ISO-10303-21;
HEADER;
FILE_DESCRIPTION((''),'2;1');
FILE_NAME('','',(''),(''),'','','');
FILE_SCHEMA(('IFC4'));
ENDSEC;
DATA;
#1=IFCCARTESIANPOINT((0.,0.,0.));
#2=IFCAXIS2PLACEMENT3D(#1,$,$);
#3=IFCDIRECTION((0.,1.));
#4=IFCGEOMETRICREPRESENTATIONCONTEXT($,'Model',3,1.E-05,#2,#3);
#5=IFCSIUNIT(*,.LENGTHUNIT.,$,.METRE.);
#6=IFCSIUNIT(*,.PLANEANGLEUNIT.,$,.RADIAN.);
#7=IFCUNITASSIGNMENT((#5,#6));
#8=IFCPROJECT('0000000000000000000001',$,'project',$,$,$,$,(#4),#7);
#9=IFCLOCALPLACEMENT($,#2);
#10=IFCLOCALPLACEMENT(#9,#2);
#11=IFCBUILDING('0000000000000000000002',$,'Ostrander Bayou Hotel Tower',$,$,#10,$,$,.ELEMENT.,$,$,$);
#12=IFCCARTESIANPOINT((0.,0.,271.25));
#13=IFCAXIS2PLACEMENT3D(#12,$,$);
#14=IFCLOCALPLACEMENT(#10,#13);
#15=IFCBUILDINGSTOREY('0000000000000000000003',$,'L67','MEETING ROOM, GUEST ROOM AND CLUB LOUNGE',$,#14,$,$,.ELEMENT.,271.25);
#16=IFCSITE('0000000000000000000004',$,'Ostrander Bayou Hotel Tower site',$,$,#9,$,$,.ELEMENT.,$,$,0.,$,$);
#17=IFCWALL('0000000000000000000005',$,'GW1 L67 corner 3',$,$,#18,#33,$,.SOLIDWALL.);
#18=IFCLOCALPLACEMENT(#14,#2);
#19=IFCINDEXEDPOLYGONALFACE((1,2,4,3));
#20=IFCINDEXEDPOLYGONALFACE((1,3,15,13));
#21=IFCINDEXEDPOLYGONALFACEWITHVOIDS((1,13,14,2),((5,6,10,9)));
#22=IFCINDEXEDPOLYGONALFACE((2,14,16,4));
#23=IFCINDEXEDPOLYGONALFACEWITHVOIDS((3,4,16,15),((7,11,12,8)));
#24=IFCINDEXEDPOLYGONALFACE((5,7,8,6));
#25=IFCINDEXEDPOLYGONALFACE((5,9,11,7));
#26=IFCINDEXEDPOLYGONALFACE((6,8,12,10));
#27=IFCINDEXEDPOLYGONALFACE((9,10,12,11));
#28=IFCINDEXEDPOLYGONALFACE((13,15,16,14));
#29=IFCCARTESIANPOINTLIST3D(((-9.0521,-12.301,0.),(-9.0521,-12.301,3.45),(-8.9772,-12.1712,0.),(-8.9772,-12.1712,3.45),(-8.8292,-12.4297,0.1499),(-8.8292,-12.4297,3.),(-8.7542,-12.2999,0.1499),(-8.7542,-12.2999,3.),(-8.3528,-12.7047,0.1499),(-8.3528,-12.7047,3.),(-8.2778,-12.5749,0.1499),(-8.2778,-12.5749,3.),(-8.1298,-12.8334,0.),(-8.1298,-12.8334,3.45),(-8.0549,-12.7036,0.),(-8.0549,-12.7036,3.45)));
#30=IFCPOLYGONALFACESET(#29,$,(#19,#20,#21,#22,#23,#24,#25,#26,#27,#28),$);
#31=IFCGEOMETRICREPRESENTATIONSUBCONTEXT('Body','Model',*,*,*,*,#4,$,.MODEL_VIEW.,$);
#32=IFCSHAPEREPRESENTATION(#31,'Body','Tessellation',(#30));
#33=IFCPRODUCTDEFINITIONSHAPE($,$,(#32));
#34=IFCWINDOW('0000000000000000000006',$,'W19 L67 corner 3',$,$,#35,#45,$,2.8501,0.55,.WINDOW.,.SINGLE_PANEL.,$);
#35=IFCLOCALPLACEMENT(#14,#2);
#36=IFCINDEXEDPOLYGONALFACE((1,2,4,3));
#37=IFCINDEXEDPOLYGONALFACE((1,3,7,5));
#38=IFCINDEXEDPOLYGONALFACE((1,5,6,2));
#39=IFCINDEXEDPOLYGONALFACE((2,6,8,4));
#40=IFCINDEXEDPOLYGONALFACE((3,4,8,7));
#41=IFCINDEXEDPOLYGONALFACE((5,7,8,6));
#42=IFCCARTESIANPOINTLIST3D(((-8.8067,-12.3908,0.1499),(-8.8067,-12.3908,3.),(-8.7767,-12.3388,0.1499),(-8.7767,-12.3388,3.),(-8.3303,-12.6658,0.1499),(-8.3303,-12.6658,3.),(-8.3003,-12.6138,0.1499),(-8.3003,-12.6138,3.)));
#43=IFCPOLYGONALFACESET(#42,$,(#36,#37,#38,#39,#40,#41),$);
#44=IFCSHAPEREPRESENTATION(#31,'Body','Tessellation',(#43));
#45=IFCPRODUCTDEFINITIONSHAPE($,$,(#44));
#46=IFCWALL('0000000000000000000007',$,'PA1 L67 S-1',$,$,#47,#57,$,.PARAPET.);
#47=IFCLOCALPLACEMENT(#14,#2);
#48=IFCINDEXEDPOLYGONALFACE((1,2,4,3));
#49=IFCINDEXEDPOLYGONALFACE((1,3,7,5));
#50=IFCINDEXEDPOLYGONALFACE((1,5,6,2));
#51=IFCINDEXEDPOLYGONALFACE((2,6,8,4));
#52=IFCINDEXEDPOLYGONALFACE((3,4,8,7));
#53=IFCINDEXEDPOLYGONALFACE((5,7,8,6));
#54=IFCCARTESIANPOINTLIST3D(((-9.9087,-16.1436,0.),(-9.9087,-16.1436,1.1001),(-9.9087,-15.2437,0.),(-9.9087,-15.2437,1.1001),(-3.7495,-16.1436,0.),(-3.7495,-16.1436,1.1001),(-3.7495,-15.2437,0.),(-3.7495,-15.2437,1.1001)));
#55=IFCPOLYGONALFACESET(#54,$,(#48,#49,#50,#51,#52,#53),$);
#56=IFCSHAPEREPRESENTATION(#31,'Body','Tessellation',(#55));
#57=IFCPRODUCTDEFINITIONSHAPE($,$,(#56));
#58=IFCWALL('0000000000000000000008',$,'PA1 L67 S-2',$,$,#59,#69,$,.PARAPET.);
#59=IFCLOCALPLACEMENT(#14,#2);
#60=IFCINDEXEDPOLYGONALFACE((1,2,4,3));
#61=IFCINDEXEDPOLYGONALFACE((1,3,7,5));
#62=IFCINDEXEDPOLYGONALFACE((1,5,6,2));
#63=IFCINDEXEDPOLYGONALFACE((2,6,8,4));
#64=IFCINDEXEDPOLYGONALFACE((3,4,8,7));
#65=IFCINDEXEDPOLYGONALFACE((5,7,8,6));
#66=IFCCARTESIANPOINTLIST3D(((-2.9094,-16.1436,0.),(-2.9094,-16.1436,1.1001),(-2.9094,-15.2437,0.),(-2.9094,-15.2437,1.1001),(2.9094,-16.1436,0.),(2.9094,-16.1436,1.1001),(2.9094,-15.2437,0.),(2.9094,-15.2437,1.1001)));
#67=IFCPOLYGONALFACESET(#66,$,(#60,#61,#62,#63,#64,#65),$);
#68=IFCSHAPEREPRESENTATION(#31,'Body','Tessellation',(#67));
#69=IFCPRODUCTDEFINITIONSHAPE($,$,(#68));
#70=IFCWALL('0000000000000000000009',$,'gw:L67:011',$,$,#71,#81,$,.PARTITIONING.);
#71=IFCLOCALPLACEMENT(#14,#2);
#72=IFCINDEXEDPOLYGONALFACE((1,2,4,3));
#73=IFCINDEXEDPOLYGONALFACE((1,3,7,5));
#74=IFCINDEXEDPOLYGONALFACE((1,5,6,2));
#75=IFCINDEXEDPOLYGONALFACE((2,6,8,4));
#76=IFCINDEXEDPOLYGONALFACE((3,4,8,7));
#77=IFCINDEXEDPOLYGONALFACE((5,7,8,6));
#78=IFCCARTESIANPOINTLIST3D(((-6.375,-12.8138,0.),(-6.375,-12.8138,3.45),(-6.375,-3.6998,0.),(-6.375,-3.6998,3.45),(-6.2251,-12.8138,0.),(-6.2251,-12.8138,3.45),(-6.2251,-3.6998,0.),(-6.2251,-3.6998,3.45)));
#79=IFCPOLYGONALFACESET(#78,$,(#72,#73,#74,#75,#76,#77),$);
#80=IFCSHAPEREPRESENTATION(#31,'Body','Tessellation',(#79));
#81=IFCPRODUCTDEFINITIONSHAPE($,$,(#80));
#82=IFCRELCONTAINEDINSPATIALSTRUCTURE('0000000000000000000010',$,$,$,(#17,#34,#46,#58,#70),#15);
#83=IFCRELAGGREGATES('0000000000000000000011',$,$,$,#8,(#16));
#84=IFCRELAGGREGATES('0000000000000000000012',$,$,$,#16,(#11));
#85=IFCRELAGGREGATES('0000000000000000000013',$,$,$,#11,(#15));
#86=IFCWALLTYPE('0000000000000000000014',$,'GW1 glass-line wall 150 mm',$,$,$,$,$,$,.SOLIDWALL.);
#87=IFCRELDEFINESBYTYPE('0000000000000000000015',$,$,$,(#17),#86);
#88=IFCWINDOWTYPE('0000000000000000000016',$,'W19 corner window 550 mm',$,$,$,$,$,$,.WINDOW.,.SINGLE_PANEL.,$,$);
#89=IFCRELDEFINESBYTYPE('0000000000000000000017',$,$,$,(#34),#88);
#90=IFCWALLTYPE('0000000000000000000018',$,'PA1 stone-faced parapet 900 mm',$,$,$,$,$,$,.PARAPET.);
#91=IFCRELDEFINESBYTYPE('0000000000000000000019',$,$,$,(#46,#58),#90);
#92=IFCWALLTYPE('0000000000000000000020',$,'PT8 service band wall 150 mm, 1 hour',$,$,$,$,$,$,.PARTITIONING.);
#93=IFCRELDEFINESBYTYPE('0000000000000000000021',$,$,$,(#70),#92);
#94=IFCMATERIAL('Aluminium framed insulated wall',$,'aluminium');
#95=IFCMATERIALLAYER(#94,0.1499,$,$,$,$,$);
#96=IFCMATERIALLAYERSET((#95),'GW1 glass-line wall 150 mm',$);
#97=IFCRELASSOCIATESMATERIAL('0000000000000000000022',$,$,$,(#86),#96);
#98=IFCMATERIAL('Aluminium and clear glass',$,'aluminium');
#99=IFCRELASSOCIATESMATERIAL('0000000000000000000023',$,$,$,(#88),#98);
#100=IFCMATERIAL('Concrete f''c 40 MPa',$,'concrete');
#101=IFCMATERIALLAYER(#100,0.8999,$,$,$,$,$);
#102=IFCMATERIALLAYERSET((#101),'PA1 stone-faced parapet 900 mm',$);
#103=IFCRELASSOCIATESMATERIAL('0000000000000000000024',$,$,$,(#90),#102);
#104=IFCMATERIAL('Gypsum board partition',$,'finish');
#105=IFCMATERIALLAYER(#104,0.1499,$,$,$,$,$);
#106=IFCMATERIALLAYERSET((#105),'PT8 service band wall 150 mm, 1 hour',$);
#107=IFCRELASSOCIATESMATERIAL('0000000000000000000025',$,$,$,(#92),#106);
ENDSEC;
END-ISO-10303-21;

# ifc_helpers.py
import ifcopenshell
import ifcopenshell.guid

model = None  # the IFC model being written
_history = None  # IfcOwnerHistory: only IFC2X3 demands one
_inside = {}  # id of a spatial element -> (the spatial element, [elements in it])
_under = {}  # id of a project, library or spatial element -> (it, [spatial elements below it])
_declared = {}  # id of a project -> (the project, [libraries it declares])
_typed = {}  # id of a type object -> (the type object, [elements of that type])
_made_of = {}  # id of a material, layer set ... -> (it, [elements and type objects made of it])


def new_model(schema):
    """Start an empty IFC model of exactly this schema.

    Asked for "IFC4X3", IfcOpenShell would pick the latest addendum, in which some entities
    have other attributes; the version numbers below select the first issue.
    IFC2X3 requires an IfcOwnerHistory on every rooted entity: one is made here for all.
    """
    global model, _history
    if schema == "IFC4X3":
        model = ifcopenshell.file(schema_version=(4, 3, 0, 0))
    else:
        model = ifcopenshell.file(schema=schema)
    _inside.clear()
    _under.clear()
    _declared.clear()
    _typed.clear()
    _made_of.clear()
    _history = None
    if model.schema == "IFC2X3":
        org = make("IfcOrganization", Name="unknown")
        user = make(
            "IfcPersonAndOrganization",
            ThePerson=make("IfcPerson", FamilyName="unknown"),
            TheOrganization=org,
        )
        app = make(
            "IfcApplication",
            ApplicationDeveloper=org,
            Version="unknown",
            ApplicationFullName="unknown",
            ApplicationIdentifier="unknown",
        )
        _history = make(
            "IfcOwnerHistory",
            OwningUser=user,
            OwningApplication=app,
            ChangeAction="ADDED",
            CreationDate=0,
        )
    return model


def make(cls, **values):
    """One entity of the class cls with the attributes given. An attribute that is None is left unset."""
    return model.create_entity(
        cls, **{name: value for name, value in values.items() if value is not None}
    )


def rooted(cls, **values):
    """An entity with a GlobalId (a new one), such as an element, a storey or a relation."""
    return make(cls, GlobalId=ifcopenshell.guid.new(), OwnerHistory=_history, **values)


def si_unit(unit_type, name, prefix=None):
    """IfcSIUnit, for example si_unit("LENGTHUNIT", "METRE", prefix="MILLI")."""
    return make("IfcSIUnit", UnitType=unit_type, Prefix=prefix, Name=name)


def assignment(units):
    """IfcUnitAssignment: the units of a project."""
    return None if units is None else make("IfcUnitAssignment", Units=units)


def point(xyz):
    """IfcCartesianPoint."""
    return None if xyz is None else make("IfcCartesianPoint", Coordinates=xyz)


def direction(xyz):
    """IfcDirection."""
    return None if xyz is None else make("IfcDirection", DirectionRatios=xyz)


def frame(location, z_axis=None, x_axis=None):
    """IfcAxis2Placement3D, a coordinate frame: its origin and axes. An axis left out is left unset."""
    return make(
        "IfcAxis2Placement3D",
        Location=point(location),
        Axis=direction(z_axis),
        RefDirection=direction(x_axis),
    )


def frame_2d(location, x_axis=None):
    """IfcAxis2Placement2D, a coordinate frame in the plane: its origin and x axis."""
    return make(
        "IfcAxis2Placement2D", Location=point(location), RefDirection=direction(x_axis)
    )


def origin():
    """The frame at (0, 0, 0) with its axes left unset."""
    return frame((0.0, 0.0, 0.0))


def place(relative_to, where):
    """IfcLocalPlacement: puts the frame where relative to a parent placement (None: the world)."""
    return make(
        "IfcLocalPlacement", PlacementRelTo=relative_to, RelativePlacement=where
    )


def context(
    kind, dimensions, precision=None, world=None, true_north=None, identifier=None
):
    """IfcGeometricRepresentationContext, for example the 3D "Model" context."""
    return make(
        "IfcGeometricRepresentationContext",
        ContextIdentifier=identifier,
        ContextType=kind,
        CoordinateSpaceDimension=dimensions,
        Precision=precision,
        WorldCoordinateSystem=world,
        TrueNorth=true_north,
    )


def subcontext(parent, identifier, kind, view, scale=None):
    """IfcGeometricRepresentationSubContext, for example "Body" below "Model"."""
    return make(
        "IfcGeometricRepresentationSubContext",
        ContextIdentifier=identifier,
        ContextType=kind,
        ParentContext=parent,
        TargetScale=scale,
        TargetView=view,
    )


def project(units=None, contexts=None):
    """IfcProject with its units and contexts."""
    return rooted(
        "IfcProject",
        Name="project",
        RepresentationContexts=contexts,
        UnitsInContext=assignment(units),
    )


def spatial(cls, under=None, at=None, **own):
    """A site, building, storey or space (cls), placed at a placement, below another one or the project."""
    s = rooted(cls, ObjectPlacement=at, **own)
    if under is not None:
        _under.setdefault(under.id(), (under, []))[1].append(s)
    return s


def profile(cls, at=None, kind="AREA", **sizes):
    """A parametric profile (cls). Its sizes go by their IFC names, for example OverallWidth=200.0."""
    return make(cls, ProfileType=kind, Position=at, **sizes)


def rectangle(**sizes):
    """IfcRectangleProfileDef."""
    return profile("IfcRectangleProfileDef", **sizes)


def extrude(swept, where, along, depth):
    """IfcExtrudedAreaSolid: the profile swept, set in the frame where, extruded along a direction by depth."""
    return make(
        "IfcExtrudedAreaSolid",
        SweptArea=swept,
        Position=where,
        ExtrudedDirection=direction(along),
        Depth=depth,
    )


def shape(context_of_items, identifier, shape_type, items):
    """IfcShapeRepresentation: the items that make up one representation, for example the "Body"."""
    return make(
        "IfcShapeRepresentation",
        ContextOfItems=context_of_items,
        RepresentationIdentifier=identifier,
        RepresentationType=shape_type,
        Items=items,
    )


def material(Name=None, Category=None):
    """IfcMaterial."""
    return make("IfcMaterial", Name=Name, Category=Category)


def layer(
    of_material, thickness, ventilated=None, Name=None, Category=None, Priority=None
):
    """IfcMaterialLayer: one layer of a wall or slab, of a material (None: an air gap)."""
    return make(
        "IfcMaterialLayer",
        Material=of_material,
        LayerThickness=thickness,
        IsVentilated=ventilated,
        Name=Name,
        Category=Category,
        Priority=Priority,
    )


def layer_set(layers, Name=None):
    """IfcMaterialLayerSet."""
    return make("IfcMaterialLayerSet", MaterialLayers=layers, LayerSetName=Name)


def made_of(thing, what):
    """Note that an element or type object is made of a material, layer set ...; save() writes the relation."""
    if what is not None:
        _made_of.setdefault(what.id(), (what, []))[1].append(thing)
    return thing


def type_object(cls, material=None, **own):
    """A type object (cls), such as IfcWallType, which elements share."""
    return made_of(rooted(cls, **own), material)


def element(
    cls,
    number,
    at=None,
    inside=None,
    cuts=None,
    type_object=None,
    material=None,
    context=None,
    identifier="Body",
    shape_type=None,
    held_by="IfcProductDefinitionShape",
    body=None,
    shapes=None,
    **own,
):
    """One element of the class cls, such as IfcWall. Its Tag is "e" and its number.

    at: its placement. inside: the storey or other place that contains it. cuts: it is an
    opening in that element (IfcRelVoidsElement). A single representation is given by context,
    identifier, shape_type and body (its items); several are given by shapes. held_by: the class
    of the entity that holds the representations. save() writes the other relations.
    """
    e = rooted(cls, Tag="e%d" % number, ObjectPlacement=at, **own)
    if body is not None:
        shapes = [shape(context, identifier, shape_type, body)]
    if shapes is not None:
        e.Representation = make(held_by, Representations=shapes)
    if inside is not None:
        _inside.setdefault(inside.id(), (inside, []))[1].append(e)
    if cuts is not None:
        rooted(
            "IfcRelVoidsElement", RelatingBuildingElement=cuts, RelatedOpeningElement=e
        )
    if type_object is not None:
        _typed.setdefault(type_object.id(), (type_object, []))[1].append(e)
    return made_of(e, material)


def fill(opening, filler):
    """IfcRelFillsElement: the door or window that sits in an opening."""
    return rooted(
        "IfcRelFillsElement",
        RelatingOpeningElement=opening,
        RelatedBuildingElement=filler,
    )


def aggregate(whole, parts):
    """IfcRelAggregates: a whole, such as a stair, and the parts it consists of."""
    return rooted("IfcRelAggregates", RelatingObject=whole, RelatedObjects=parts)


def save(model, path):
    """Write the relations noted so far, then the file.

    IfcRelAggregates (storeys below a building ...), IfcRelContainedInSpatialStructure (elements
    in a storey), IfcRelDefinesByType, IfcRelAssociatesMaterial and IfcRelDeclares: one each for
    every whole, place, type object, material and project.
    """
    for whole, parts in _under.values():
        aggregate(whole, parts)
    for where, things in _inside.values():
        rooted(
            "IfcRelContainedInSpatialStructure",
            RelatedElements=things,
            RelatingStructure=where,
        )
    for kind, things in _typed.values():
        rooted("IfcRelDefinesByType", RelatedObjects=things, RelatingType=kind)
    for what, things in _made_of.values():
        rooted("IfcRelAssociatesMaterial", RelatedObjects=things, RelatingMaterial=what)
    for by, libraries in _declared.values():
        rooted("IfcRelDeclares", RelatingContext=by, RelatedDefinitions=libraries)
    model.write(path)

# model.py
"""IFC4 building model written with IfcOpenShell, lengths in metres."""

from ifc_helpers import new_model, si_unit, direction, frame, frame_2d, origin, place, context, subcontext, project, spatial, rectangle, extrude, material, layer, layer_set, type_object, element, fill, save


model = new_model("IFC4")

# Units and contexts
model_context = context("Model", 3, precision=1e-05, world=origin(), true_north=direction((0.0, 1.0)))
body_context = subcontext(model_context, "Body", "Model", "MODEL_VIEW")
ifc_project = project(units=[si_unit("LENGTHUNIT", "METRE"), si_unit("PLANEANGLEUNIT", "RADIAN")], contexts=[model_context])

# Site, building, storey
site_placement = place(None, origin())
site = spatial("IfcSite", under=ifc_project, at=site_placement, Name="Ostrander Bayou Hotel Tower site", CompositionType="ELEMENT", RefElevation=0.0)
building_placement = place(site_placement, origin())
building = spatial("IfcBuilding", under=site, at=building_placement, Name="Ostrander Bayou Hotel Tower", CompositionType="ELEMENT")
storey_placement = place(building_placement, frame((0.0, 0.0, 271.25)))
storey = spatial("IfcBuildingStorey", under=building, at=storey_placement, Name="L67", Description="MEETING ROOM, GUEST ROOM AND CLUB LOUNGE", CompositionType="ELEMENT", Elevation=271.25)

# Shared definitions
ifc_material_1 = material(Name="Aluminium framed insulated wall", Category="aluminium")
ifc_layer_1 = layer(ifc_material_1, 0.1499)
ifc_layer_set_1 = layer_set([ifc_layer_1], Name="GW1 glass-line wall 150 mm")
wall_type_1 = type_object("IfcWallType", Name="GW1 glass-line wall 150 mm", PredefinedType="SOLIDWALL", material=ifc_layer_set_1)

# Wall, opening, window
wall_1_placement = place(storey_placement, frame((-9.0146, -12.2361, 0.0), z_axis=(0.0, 0.0, 1.0), x_axis=(0.866048, -0.499961, 0.0)))
wall_1 = element("IfcWall", 1, at=wall_1_placement, inside=storey, type_object=wall_type_1, Name="GW1 L67 corner 3", PredefinedType="SOLIDWALL", context=body_context, shape_type="SweptSolid", body=[
    extrude(rectangle(XDim=1.0649, YDim=0.1499, at=frame_2d((0.5325, 0.0))), origin(), (0.0, 0.0, 1.0), 3.45),
])
opening_1_placement = place(wall_1_placement, frame((0.2576, 0.0, 0.1499)))
opening_1 = element("IfcOpeningElement", 2, at=opening_1_placement, cuts=wall_1, PredefinedType="OPENING", context=body_context, shape_type="SweptSolid", body=[
    extrude(rectangle(XDim=0.55, YDim=2.8501, at=frame_2d((0.2749, 1.425))), frame((0.0, 0.075, 0.0), z_axis=(0.0, -1.0, 0.0), x_axis=(1.0, 0.0, 0.0)), (0.0, 0.0, 1.0), 0.1499),
])
ifc_material_2 = material(Name="Aluminium and clear glass", Category="aluminium")
window_type_1 = type_object("IfcWindowType", Name="W19 corner window 550 mm", PartitioningType="SINGLE_PANEL", PredefinedType="WINDOW", material=ifc_material_2)
window_1_placement = place(opening_1_placement, origin())
window_1 = element("IfcWindow", 3, at=window_1_placement, inside=storey, type_object=window_type_1, Name="W19 L67 corner 3", OverallHeight=2.8501, OverallWidth=0.55, PartitioningType="SINGLE_PANEL", PredefinedType="WINDOW", context=body_context, shape_type="SweptSolid", body=[
    extrude(rectangle(XDim=0.55, YDim=2.8501, at=frame_2d((0.2749, 1.425))), frame((0.0, 0.03, 0.0), z_axis=(0.0, -1.0, 0.0), x_axis=(1.0, 0.0, 0.0)), (0.0, 0.0, 1.0), 0.0601),
])
fill(opening_1, window_1)

# Walls
ifc_material_3 = material(Name="Concrete f'c 40 MPa", Category="concrete")
ifc_layer_2 = layer(ifc_material_3, 0.8999)
ifc_layer_set_2 = layer_set([ifc_layer_2], Name="PA1 stone-faced parapet 900 mm")
wall_type_2 = type_object("IfcWallType", Name="PA1 stone-faced parapet 900 mm", PredefinedType="PARAPET", material=ifc_layer_set_2)
wall_2_placement = place(storey_placement, frame((-9.9087, -15.6936, 0.0), z_axis=(0.0, 0.0, 1.0), x_axis=(1.0, 0.0, 0.0)))
element("IfcWall", 4, at=wall_2_placement, inside=storey, type_object=wall_type_2, Name="PA1 L67 S-1", PredefinedType="PARAPET", context=body_context, shape_type="SweptSolid", body=[
    extrude(rectangle(XDim=6.1592, YDim=0.8999, at=frame_2d((3.0796, 0.0))), origin(), (0.0, 0.0, 1.0), 1.1001),
])
wall_3_placement = place(storey_placement, frame((-2.9094, -15.6936, 0.0), z_axis=(0.0, 0.0, 1.0), x_axis=(1.0, 0.0, 0.0)))
element("IfcWall", 5, at=wall_3_placement, inside=storey, type_object=wall_type_2, Name="PA1 L67 S-2", PredefinedType="PARAPET", context=body_context, shape_type="SweptSolid", body=[
    extrude(rectangle(XDim=5.8188, YDim=0.8999, at=frame_2d((2.9094, 0.0))), origin(), (0.0, 0.0, 1.0), 1.1001),
])
ifc_material_4 = material(Name="Gypsum board partition", Category="finish")
ifc_layer_3 = layer(ifc_material_4, 0.1499)
ifc_layer_set_3 = layer_set([ifc_layer_3], Name="PT8 service band wall 150 mm, 1 hour")
wall_type_3 = type_object("IfcWallType", Name="PT8 service band wall 150 mm, 1 hour", PredefinedType="PARTITIONING", material=ifc_layer_set_3)
wall_4_placement = place(storey_placement, frame((-6.3, -12.814, 0.0), z_axis=(0.0, 0.0, 1.0), x_axis=(0.0, 1.0, 0.0)))
element("IfcWall", 6, at=wall_4_placement, inside=storey, type_object=wall_type_3, Name="gw:L67:011", PredefinedType="PARTITIONING", context=body_context, shape_type="SweptSolid", body=[
    extrude(rectangle(XDim=9.114, YDim=0.1499, at=frame_2d((4.5571, 0.0))), origin(), (0.0, 0.0, 1.0), 3.45),
])

save(model, "model.ifc")
